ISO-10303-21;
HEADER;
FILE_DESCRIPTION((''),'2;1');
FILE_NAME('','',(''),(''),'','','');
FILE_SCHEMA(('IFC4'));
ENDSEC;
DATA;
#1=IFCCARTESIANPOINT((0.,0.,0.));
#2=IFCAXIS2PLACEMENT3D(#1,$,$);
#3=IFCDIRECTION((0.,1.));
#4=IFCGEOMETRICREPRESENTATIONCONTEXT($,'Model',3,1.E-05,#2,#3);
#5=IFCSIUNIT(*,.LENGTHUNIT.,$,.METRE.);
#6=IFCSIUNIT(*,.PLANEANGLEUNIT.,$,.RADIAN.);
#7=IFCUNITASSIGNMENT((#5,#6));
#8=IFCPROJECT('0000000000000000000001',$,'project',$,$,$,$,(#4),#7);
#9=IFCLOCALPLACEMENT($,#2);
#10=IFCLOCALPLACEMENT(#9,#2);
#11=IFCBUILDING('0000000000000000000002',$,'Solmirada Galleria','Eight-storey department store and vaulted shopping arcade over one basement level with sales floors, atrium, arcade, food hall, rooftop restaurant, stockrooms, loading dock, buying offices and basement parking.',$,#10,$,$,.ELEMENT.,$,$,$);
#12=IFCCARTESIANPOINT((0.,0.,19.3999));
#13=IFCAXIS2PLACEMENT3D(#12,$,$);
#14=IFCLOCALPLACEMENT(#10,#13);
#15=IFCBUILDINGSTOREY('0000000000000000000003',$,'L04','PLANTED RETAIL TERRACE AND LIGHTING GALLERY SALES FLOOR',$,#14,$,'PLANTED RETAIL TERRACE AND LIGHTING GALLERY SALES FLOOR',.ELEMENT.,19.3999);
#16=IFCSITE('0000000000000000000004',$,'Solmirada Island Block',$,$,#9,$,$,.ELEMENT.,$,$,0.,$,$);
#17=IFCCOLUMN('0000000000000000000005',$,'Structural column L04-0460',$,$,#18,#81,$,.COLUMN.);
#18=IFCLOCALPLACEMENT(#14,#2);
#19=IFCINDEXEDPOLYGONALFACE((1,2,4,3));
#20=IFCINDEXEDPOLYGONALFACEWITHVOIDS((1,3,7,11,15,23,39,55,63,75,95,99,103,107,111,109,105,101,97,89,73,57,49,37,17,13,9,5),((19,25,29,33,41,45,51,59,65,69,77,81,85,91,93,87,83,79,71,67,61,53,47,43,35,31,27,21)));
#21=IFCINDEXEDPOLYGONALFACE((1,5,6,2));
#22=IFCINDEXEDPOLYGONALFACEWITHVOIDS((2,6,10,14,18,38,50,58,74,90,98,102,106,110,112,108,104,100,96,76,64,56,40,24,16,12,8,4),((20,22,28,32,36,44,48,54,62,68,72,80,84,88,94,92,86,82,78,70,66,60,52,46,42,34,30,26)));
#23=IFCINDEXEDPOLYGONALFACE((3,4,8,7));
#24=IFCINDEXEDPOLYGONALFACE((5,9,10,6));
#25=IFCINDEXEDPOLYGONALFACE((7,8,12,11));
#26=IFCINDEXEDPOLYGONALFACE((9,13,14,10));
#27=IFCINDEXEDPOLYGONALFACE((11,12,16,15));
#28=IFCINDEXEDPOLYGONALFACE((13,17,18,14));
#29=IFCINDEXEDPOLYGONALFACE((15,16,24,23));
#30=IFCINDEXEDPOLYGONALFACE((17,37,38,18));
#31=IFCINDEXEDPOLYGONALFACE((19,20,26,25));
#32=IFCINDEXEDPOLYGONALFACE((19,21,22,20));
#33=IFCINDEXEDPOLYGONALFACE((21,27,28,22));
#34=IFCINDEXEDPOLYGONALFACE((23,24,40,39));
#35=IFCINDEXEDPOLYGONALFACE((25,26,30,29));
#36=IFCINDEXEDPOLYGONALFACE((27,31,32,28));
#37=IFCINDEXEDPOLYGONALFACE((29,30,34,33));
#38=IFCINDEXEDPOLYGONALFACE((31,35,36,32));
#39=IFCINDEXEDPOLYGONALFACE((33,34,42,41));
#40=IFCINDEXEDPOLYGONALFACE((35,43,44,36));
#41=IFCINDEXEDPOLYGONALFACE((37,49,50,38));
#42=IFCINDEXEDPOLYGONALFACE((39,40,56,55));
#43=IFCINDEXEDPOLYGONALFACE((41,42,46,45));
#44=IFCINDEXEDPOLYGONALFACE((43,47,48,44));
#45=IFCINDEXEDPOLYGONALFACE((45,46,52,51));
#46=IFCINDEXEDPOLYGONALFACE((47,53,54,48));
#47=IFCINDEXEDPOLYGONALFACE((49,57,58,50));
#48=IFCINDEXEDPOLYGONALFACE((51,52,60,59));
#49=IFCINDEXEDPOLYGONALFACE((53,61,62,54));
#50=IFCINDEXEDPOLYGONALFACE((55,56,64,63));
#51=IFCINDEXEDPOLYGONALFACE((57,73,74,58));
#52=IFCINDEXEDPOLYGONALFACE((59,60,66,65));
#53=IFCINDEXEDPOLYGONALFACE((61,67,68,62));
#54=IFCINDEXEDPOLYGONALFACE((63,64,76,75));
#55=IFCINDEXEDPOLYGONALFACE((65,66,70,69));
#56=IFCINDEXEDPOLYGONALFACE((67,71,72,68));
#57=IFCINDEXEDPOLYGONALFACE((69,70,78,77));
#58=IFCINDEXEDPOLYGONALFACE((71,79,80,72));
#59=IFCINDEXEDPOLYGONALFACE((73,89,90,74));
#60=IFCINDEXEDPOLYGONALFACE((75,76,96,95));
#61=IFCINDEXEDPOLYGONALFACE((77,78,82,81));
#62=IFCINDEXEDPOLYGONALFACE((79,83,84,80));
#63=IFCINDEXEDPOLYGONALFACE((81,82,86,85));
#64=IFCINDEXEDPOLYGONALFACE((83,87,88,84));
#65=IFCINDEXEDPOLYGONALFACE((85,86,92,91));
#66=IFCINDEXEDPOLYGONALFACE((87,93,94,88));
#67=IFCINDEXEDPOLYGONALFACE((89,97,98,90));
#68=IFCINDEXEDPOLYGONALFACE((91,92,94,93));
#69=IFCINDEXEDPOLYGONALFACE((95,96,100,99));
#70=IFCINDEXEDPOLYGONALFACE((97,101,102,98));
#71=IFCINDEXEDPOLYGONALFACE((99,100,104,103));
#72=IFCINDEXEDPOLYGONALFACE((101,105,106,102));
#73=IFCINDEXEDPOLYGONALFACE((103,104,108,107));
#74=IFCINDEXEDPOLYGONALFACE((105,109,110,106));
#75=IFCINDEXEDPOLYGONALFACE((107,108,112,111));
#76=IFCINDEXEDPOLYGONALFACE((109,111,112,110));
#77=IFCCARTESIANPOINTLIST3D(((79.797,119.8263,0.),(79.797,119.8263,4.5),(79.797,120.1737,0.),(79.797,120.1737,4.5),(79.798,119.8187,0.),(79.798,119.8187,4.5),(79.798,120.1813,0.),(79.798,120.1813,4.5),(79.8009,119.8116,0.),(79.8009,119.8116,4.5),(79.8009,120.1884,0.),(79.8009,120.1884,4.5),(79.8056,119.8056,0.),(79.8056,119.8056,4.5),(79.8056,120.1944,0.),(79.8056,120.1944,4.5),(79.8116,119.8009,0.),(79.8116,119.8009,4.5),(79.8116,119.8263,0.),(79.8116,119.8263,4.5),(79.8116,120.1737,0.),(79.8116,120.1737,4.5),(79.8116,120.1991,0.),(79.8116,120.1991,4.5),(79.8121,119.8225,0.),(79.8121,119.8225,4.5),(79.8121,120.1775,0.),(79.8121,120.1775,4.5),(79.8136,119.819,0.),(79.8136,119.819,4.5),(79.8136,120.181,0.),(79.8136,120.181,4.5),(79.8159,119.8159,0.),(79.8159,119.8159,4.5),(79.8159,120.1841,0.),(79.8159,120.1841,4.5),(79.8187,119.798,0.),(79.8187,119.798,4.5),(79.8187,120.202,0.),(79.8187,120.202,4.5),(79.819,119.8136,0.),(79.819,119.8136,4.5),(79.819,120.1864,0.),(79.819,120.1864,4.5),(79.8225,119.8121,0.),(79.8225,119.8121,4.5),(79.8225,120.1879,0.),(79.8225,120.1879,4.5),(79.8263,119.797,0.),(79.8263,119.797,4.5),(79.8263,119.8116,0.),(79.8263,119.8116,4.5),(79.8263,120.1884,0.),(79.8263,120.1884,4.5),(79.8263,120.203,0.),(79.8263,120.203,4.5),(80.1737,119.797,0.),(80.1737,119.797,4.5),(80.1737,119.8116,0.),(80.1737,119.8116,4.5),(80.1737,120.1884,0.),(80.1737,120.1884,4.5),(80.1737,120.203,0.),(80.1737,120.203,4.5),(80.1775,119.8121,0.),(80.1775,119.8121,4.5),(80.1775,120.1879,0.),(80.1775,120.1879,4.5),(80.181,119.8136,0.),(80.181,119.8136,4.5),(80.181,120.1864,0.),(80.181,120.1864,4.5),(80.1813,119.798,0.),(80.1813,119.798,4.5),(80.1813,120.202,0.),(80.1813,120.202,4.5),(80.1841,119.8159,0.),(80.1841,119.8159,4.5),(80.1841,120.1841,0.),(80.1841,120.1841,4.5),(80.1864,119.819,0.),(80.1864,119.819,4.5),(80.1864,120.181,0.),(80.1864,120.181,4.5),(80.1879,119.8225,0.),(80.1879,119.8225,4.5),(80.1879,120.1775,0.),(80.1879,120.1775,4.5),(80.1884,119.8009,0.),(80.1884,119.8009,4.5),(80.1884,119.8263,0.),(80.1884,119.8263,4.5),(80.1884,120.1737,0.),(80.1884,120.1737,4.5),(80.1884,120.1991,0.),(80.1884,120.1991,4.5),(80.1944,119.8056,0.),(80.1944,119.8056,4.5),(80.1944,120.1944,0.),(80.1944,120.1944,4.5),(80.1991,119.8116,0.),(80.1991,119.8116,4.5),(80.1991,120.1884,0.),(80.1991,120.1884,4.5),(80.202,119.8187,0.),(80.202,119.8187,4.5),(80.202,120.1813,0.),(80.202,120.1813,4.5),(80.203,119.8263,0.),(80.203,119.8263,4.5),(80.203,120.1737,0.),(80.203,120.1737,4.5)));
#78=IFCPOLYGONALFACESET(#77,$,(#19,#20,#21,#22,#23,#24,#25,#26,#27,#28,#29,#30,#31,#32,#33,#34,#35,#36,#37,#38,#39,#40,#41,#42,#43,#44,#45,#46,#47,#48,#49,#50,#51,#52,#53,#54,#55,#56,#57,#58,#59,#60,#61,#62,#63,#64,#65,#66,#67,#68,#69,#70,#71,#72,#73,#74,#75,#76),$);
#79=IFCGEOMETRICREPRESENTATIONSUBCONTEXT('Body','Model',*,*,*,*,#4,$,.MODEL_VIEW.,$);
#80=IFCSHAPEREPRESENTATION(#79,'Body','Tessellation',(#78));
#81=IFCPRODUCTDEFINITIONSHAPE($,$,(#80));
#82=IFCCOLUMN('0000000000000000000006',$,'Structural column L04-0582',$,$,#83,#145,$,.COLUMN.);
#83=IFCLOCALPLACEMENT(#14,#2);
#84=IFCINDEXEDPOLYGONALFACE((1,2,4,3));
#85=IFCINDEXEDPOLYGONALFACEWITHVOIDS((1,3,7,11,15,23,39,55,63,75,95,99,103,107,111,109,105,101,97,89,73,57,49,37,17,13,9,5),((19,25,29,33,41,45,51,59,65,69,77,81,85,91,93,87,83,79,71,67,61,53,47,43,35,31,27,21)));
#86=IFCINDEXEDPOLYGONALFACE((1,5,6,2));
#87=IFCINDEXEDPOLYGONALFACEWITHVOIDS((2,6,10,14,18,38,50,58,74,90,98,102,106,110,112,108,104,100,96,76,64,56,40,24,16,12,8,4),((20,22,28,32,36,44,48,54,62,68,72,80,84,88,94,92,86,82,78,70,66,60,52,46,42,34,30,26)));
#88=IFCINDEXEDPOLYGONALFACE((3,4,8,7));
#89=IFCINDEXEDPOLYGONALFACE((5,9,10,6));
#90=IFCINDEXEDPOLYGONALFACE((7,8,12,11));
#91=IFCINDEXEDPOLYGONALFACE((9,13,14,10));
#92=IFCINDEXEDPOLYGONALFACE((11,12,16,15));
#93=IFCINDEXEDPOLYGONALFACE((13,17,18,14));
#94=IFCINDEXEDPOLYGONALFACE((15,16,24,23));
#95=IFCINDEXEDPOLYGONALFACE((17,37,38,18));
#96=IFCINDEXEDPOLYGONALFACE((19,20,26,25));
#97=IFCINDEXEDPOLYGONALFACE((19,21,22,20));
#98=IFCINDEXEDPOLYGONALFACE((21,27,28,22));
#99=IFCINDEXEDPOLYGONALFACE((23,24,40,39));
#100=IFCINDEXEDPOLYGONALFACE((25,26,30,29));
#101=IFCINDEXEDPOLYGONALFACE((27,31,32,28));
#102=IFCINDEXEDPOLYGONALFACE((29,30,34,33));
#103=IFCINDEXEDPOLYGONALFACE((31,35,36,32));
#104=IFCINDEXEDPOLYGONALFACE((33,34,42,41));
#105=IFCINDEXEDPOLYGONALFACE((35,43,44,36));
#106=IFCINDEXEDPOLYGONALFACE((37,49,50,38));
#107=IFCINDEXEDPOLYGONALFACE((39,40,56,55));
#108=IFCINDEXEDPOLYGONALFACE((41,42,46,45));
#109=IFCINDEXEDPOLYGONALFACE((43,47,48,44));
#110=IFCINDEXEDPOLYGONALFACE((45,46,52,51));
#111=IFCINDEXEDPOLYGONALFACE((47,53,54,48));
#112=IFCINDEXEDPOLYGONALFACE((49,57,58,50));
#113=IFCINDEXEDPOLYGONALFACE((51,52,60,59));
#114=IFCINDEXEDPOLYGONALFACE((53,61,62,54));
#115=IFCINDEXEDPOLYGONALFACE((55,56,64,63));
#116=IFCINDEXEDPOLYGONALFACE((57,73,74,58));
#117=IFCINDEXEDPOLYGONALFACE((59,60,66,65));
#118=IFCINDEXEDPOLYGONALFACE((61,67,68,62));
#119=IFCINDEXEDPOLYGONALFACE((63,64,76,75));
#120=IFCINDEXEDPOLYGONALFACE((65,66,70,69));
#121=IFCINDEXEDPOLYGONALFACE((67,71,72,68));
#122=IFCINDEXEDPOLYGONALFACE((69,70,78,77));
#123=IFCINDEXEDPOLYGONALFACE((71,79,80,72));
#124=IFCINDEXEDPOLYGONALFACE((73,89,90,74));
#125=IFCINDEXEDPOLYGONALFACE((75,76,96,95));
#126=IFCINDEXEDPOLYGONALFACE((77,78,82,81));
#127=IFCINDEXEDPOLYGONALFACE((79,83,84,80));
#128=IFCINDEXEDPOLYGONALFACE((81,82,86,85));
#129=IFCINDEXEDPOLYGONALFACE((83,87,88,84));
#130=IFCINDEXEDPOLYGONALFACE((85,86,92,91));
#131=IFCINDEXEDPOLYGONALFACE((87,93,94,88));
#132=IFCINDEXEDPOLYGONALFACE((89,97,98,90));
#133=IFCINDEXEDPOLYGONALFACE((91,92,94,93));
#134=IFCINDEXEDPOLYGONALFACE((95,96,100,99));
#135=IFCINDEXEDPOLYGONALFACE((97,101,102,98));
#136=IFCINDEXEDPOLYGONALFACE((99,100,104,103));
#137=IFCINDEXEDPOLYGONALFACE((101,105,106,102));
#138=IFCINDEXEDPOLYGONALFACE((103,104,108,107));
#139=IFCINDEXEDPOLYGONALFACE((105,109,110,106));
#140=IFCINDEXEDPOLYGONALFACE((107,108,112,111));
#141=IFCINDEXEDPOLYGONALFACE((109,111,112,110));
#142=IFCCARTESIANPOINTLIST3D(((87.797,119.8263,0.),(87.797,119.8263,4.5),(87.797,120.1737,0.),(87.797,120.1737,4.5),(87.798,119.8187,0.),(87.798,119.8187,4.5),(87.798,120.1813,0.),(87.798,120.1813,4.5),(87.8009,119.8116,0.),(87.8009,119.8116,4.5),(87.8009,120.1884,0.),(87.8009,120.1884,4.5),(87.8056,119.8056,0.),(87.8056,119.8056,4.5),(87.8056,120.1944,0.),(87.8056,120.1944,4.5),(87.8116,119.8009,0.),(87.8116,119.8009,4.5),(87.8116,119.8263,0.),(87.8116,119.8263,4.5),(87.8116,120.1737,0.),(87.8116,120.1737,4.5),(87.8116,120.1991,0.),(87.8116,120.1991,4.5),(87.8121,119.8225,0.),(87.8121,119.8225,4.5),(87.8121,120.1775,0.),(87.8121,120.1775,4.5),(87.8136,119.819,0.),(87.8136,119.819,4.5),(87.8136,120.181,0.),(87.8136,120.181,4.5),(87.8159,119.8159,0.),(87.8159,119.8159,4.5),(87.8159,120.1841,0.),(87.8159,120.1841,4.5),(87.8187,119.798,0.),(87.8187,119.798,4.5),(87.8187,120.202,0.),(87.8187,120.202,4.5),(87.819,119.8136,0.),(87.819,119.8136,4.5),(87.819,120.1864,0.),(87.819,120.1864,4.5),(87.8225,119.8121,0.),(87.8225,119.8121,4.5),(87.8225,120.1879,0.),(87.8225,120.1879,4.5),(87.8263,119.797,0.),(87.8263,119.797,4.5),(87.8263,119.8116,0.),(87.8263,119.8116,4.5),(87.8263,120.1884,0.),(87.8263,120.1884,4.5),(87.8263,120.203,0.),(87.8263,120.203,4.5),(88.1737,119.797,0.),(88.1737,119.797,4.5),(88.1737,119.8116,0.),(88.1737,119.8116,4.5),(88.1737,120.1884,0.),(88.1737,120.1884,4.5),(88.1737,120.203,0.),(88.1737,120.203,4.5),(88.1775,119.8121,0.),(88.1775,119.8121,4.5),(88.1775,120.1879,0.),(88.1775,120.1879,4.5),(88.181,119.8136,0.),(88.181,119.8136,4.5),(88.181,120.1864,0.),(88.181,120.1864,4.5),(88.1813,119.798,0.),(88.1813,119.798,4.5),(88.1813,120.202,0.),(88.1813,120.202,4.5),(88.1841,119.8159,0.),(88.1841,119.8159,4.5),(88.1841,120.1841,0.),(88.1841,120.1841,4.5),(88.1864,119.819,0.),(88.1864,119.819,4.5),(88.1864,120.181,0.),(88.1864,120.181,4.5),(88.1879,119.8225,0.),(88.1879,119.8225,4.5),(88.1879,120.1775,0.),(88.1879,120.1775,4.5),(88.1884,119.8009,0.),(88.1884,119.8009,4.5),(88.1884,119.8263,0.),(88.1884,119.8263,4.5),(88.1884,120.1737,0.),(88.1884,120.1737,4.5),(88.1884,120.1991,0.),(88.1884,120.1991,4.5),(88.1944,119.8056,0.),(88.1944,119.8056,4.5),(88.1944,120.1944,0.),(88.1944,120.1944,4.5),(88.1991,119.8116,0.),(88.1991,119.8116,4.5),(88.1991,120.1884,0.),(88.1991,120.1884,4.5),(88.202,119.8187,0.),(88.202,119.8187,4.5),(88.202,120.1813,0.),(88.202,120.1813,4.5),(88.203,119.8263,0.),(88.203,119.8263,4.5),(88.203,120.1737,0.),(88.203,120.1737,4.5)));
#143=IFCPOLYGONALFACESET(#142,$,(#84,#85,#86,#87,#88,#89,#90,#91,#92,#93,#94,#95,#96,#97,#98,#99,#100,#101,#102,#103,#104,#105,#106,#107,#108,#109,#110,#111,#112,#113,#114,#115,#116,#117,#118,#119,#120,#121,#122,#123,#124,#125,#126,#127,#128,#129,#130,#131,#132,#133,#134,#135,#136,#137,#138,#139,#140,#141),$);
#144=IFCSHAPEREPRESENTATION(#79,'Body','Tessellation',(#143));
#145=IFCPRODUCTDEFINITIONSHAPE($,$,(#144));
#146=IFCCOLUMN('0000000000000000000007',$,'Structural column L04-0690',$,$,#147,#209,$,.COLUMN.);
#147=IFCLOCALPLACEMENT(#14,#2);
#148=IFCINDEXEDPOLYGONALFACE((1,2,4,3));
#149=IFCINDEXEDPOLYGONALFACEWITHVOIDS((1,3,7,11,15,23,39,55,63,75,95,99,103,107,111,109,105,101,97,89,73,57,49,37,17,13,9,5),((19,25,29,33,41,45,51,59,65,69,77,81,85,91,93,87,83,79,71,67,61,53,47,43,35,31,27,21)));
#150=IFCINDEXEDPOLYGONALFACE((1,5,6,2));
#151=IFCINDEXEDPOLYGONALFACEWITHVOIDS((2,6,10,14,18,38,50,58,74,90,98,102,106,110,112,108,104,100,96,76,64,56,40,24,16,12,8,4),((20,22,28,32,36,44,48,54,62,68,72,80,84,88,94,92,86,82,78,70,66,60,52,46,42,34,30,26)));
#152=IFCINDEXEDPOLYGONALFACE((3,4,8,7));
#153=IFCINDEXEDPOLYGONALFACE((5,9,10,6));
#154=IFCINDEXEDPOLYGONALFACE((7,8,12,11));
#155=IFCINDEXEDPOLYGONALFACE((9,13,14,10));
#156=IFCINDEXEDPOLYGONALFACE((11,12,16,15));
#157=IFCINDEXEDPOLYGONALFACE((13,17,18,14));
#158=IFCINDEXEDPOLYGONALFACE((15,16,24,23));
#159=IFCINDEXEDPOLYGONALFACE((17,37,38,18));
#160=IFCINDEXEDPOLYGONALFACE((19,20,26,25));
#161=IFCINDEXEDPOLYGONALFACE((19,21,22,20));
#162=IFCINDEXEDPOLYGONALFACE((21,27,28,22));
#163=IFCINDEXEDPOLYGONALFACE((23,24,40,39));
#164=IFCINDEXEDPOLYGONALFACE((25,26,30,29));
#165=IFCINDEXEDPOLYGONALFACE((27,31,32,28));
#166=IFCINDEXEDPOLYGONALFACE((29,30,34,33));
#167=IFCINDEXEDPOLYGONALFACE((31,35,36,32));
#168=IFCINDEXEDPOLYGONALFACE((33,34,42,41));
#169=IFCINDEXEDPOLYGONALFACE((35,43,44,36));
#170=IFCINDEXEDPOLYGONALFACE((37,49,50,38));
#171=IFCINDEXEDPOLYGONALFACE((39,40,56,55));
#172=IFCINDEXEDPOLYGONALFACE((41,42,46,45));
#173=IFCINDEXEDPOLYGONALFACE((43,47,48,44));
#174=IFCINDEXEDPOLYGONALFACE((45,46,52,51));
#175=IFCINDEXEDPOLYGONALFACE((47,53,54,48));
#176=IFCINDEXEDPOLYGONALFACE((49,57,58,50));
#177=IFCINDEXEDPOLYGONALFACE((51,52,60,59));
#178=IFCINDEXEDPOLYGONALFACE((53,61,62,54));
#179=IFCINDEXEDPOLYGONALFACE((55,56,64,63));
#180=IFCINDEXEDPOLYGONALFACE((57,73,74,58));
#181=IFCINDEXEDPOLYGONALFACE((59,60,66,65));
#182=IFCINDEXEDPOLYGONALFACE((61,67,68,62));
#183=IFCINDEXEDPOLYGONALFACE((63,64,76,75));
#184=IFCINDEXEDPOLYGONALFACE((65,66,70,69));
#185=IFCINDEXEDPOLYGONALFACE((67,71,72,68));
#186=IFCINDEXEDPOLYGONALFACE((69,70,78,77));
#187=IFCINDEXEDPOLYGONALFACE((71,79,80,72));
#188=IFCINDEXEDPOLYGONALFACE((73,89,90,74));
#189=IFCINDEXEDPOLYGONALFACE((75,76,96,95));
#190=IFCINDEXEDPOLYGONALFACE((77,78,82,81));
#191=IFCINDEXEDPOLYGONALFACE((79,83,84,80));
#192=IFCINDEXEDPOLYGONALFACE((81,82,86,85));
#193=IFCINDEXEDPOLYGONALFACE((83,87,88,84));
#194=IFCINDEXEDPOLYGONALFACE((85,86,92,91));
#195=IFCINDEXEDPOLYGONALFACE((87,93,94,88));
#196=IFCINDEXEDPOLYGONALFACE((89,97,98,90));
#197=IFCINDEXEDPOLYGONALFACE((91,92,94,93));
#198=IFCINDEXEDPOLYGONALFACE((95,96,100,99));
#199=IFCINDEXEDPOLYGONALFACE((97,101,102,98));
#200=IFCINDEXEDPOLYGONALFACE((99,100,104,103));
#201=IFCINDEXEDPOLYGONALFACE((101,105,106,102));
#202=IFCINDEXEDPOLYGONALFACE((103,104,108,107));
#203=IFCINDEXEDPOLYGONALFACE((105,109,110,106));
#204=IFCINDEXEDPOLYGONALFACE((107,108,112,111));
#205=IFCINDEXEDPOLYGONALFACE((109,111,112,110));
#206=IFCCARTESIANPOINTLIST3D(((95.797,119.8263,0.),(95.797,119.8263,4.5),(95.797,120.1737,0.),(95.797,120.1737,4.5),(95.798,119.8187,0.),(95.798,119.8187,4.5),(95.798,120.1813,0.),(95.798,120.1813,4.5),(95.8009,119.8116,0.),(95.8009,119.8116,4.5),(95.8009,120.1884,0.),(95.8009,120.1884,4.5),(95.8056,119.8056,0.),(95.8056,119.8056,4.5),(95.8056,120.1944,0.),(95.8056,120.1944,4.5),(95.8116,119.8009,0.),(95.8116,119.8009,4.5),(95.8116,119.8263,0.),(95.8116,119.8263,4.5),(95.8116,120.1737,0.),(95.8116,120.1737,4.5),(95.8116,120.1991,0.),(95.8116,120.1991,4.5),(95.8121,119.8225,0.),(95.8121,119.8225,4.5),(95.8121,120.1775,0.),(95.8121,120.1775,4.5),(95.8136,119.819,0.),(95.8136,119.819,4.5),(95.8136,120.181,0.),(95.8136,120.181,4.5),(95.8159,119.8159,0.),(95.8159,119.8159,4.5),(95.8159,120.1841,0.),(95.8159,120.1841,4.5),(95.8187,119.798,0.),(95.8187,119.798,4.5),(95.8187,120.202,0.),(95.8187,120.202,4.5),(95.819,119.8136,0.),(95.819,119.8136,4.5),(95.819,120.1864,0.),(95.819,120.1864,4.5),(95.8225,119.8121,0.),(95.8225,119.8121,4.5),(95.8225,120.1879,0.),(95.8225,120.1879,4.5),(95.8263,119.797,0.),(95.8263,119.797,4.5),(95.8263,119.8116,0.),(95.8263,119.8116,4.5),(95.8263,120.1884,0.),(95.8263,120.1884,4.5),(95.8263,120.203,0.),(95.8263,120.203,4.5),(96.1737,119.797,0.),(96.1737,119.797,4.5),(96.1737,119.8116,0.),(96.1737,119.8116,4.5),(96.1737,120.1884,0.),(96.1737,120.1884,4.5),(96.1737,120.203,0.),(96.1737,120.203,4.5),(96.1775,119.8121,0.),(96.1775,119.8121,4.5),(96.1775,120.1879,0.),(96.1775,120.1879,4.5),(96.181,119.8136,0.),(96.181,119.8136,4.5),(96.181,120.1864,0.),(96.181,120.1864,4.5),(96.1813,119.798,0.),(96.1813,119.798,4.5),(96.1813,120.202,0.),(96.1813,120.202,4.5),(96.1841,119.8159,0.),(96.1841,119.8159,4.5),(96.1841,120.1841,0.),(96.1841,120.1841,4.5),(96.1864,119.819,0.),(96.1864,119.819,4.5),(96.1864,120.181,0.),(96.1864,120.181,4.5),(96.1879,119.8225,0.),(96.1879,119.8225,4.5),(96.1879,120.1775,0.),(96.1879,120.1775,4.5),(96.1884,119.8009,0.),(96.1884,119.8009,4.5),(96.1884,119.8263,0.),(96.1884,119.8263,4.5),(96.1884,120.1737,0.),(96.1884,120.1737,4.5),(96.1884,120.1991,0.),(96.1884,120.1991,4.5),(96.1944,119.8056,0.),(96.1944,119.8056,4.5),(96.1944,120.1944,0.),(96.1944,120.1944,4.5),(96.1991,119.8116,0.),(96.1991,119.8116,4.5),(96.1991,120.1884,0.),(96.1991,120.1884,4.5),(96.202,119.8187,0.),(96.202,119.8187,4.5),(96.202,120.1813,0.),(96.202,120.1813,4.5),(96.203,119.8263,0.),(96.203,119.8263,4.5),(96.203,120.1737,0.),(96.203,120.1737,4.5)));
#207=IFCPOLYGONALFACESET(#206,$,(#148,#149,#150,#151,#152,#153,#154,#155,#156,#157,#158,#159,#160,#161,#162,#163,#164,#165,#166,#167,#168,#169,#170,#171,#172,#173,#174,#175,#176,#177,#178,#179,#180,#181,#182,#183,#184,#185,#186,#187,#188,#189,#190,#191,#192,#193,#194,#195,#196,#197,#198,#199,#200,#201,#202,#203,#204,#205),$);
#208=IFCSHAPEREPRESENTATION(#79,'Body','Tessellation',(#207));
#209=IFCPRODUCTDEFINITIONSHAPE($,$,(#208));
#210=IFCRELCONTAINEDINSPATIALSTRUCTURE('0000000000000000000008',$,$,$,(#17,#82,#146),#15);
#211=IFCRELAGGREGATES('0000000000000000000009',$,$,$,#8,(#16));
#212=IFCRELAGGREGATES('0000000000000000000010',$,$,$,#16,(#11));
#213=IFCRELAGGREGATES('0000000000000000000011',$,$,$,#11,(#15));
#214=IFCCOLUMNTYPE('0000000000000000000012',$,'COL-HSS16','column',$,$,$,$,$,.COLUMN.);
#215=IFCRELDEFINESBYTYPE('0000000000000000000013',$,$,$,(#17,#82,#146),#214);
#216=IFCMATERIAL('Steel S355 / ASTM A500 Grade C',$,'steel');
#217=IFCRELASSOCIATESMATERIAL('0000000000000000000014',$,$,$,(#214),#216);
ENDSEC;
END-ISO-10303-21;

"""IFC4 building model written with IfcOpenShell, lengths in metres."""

from ifc_helpers import new_model, si_unit, direction, frame, origin, origin_2d, place, context, subcontext, project, spatial, hollow_rectangle, extrude, material, material_profile, profile_set, type_object, element, save


model = new_model("IFC4")

# Units and contexts
model_context = context("Model", 3, precision=1e-05, world=origin(), true_north=direction((0.0, 1.0)))
body_context = subcontext(model_context, "Body", "Model", "MODEL_VIEW")
ifc_project = project(units=[si_unit("LENGTHUNIT", "METRE"), si_unit("PLANEANGLEUNIT", "RADIAN")], contexts=[model_context])

# Site, building, storey
site_placement = place(None, origin())
site = spatial("IfcSite", under=ifc_project, at=site_placement, Name="Solmirada Island Block", CompositionType="ELEMENT", RefElevation=0.0)
building_placement = place(site_placement, origin())
building = spatial("IfcBuilding", under=site, at=building_placement, Name="Solmirada Galleria", Description="Eight-storey department store and vaulted shopping arcade over one basement level with sales floors, atrium, arcade, food hall, rooftop restaurant, stockrooms, loading dock, buying offices and basement parking.", CompositionType="ELEMENT")
storey_placement = place(building_placement, frame((0.0, 0.0, 19.3999)))
storey = spatial("IfcBuildingStorey", under=building, at=storey_placement, Name="L04", Description="PLANTED RETAIL TERRACE AND LIGHTING GALLERY SALES FLOOR", LongName="PLANTED RETAIL TERRACE AND LIGHTING GALLERY SALES FLOOR", CompositionType="ELEMENT", Elevation=19.3999)

# Columns
ifc_material_1 = material(Name="Steel S355 / ASTM A500 Grade C", Category="steel")
ifc_material_profile_1 = material_profile(ifc_material_1, hollow_rectangle(XDim=0.406, YDim=0.406, WallThickness=0.0146, InnerFilletRadius=0.0146, OuterFilletRadius=0.0293, at=origin_2d()), Name="HSS16X16X5/8")
ifc_profile_set_1 = profile_set([ifc_material_profile_1], Name="Steel S355 / ASTM A500 Grade C")
column_type_1 = type_object("IfcColumnType", Name="COL-HSS16", Description="column", PredefinedType="COLUMN", material=ifc_profile_set_1)
for number, where, z_axis, x_axis, name in (
    (1, (80.0, 120.0, 0.0), (0.0, 0.0, 1.0), (1.0, 0.0, 0.0), "Structural column L04-0460"),
    (2, (88.0, 120.0, 0.0), (0.0, 0.0, 1.0), (1.0, 0.0, 0.0), "Structural column L04-0582"),
    (3, (96.0, 120.0, 0.0), (0.0, 0.0, 1.0), (1.0, 0.0, 0.0), "Structural column L04-0690"),
):
    element("IfcColumn", number, at=place(storey_placement, frame(where, z_axis=z_axis, x_axis=x_axis)), inside=storey, type_object=column_type_1, Name=name, PredefinedType="COLUMN", context=body_context, shape_type="SweptSolid", body=[
        extrude(hollow_rectangle(XDim=0.406, YDim=0.406, WallThickness=0.0146, InnerFilletRadius=0.0146, OuterFilletRadius=0.0293, at=origin_2d()), origin(), (0.0, 0.0, 1.0), 4.5),
    ])

save(model, "model.ifc")
